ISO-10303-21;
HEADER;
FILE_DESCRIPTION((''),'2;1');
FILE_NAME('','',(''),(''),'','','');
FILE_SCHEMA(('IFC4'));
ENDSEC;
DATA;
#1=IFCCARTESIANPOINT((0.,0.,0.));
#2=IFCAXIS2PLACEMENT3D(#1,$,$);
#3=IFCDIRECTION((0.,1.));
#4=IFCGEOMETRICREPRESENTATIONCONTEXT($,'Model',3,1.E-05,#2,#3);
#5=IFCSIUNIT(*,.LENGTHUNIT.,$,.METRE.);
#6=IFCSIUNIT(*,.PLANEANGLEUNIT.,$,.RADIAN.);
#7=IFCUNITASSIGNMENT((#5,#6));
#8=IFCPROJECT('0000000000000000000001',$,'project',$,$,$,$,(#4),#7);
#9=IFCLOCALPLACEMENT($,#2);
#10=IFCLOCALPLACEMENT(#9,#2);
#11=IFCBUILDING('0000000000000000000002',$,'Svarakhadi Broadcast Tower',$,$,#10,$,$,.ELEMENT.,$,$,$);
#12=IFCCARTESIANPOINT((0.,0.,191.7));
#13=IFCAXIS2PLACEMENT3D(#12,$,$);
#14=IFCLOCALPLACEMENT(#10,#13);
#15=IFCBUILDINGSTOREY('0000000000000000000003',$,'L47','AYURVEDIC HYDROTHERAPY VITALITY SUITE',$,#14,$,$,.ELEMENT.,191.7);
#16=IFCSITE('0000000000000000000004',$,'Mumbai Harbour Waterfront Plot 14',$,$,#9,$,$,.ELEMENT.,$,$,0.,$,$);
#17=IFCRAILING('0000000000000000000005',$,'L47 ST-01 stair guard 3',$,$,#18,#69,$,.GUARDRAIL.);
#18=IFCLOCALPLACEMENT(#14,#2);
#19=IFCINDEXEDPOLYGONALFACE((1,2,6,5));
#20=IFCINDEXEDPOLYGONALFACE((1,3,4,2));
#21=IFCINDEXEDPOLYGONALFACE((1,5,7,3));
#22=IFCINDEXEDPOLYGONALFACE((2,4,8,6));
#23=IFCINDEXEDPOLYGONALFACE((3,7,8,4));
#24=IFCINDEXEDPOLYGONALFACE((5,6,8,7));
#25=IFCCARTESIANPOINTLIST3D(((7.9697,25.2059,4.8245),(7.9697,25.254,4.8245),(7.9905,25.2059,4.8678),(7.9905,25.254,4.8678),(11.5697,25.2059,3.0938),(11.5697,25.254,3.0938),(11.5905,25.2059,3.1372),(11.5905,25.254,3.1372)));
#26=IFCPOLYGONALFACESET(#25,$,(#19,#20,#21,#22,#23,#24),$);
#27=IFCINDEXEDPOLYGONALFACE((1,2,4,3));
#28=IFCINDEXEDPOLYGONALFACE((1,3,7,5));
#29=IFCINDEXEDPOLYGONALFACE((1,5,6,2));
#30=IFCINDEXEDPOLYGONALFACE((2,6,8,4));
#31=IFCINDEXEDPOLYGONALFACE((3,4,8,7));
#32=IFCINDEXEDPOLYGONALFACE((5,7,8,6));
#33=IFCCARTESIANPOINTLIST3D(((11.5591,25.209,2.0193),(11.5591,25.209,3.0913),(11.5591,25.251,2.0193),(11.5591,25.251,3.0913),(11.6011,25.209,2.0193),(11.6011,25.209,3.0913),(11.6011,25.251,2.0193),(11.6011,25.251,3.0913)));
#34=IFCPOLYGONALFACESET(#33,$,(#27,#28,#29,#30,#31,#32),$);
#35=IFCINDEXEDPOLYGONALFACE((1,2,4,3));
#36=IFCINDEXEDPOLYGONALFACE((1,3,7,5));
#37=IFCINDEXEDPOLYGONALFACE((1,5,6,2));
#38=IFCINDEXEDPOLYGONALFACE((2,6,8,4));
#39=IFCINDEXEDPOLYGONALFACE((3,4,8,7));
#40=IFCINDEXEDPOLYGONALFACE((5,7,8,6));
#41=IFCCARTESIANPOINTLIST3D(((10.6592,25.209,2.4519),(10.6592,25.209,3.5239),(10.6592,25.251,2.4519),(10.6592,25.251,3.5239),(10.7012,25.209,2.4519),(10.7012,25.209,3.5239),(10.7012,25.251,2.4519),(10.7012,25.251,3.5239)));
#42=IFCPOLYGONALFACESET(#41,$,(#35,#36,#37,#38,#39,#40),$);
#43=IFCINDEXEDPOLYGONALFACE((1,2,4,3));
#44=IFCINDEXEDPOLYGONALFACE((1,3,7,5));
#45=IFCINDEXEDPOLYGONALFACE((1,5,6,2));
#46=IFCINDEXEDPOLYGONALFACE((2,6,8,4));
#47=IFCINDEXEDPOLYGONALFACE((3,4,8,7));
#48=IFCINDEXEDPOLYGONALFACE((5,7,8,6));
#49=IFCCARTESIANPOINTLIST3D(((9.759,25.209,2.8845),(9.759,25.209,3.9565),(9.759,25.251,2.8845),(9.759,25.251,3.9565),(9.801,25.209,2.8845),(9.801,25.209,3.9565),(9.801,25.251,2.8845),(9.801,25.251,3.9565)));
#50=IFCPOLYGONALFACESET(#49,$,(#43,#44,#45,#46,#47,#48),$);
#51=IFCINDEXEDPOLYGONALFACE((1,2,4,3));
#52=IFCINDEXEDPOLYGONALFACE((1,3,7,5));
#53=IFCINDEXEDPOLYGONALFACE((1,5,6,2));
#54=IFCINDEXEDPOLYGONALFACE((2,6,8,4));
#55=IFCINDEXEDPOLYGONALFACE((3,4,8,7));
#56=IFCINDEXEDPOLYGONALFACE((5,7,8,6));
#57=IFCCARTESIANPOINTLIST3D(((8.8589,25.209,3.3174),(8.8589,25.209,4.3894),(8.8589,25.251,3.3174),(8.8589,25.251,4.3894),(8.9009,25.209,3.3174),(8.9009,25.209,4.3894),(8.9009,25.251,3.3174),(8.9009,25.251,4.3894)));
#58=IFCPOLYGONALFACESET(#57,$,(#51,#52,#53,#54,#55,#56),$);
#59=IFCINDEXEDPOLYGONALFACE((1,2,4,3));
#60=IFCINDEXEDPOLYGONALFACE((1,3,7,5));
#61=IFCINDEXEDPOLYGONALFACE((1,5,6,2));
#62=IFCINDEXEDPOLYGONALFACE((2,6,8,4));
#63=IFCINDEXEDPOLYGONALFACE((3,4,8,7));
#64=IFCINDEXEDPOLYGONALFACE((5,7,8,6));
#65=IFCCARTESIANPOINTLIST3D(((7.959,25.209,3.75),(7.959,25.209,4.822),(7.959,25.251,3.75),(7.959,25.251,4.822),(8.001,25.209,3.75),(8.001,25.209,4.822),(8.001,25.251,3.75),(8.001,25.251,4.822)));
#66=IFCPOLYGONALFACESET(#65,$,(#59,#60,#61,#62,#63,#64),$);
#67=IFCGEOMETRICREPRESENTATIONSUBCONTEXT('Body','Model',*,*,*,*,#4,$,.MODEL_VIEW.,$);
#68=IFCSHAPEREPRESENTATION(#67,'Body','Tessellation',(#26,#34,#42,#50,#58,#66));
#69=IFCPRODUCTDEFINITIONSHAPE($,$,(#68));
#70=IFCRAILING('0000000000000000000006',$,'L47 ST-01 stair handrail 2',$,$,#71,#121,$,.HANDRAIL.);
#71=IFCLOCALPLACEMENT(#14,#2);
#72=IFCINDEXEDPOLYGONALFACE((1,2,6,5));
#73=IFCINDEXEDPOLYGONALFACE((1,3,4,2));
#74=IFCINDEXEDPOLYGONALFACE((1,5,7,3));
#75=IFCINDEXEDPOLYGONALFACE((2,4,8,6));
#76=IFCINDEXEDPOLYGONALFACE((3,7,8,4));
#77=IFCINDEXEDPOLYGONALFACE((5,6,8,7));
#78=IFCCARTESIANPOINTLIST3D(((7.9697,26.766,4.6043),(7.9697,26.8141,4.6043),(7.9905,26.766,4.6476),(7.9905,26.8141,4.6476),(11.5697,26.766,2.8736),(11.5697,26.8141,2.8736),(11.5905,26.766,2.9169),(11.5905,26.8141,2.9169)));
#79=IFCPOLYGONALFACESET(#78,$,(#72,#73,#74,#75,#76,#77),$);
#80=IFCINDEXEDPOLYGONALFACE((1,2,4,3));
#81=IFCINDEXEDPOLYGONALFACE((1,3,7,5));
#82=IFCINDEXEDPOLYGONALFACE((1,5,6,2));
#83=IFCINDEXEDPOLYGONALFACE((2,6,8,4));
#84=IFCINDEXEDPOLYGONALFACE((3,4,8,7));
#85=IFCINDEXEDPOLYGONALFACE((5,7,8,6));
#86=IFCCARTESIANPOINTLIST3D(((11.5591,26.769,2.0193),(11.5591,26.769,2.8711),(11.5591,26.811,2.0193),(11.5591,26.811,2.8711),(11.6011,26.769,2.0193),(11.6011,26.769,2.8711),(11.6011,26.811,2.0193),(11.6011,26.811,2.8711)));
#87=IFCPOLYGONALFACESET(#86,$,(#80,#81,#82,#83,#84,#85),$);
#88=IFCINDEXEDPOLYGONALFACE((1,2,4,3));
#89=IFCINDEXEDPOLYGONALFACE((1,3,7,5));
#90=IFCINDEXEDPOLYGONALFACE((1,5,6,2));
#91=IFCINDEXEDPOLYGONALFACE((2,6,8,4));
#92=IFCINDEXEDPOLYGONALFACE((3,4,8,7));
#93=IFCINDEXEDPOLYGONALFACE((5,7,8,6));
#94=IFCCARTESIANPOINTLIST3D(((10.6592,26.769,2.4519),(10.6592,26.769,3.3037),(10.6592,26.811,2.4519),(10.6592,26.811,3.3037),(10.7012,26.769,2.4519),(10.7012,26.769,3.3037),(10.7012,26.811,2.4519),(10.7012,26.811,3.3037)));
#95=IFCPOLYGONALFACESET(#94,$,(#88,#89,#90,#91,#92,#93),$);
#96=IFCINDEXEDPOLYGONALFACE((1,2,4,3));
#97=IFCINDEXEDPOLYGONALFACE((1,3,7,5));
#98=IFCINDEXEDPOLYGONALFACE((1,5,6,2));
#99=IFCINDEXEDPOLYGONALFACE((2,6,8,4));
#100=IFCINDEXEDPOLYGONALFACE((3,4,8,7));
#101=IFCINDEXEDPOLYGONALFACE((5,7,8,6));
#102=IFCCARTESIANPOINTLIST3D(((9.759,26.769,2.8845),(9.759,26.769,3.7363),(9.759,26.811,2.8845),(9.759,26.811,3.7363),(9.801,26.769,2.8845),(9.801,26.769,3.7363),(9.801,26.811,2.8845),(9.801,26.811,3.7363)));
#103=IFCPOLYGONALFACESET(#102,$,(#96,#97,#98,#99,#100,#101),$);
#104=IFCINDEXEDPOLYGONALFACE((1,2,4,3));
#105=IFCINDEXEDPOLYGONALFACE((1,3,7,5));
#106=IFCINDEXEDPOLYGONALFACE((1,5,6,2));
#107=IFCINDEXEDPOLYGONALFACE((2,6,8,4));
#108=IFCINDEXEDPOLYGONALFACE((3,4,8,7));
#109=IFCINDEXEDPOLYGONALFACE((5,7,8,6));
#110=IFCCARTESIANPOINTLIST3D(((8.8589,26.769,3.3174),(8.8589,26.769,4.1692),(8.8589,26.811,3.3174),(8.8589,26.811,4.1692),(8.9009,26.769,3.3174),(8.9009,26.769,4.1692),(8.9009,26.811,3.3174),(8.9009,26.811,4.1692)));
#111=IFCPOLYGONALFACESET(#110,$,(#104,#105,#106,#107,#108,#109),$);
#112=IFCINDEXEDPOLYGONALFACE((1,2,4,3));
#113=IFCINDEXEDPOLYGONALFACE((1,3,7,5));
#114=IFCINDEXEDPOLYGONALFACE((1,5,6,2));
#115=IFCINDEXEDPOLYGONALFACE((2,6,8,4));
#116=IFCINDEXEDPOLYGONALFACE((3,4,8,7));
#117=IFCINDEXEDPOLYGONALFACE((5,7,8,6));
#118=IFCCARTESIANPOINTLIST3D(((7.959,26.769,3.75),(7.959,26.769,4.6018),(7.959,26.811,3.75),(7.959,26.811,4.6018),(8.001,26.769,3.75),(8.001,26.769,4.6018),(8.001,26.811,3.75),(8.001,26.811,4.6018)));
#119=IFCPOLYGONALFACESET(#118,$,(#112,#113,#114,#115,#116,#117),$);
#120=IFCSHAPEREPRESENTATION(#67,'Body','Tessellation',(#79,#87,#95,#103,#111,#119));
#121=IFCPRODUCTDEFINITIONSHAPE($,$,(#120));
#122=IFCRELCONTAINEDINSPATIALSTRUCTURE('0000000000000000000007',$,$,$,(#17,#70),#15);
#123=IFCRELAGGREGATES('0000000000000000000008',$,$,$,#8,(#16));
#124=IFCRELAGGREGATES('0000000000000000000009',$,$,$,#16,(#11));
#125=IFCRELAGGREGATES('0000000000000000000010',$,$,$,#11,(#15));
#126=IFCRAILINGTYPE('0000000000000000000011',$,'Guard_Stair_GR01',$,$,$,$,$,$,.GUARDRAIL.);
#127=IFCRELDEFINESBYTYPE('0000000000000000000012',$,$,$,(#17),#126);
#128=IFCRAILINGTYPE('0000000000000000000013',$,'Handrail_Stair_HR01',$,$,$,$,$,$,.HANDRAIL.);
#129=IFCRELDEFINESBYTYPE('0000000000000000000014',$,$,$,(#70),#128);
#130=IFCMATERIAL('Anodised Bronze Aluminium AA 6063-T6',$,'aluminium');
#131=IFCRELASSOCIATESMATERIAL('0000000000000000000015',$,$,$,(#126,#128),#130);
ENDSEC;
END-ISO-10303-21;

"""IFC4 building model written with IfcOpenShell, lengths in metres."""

from ifc_helpers import new_model, si_unit, direction, frame, origin, origin_2d, place, context, subcontext, project, spatial, rectangle, extrude, material, type_object, element, save


model = new_model("IFC4")

# Units and contexts
model_context = context("Model", 3, precision=1e-05, world=origin(), true_north=direction((0.0, 1.0)))
body_context = subcontext(model_context, "Body", "Model", "MODEL_VIEW")
ifc_project = project(units=[si_unit("LENGTHUNIT", "METRE"), si_unit("PLANEANGLEUNIT", "RADIAN")], contexts=[model_context])

# Site, building, storey
site_placement = place(None, origin())
site = spatial("IfcSite", under=ifc_project, at=site_placement, Name="Mumbai Harbour Waterfront Plot 14", CompositionType="ELEMENT", RefElevation=0.0)
building_placement = place(site_placement, origin())
building = spatial("IfcBuilding", under=site, at=building_placement, Name="Svarakhadi Broadcast Tower", CompositionType="ELEMENT")
storey_placement = place(building_placement, frame((0.0, 0.0, 191.7)))
storey = spatial("IfcBuildingStorey", under=building, at=storey_placement, Name="L47", Description="AYURVEDIC HYDROTHERAPY VITALITY SUITE", CompositionType="ELEMENT", Elevation=191.7)

# Railings
ifc_material_1 = material(Name="Anodised Bronze Aluminium AA 6063-T6", Category="aluminium")
railing_type_1 = type_object("IfcRailingType", Name="Guard_Stair_GR01", PredefinedType="GUARDRAIL", material=ifc_material_1)
railing_1_placement = place(storey_placement, frame((11.5801, 25.23, 2.0193)))
element("IfcRailing", 1, at=railing_1_placement, inside=storey, type_object=railing_type_1, Name="L47 ST-01 stair guard 3", PredefinedType="GUARDRAIL", context=body_context, shape_type="SweptSolid", body=[
    extrude(rectangle(XDim=0.0481, YDim=0.0481, at=origin_2d()), frame((0.0, 0.0, 1.0962), z_axis=(-0.901263, 0.0, 0.433273), x_axis=(0.0, -1.0, 0.0)), (0.0, 0.0, 1.0), 3.9944),
    extrude(rectangle(XDim=0.042, YDim=0.042, at=origin_2d()), origin(), (0.0, 0.0, 1.0), 1.072),
    extrude(rectangle(XDim=0.042, YDim=0.042, at=origin_2d()), frame((-0.8999, 0.0, 0.4326)), (0.0, 0.0, 1.0), 1.072),
    extrude(rectangle(XDim=0.042, YDim=0.042, at=origin_2d()), frame((-1.8, 0.0, 0.8652)), (0.0, 0.0, 1.0), 1.072),
    extrude(rectangle(XDim=0.042, YDim=0.042, at=origin_2d()), frame((-2.7002, 0.0, 1.2981)), (0.0, 0.0, 1.0), 1.072),
    extrude(rectangle(XDim=0.042, YDim=0.042, at=origin_2d()), frame((-3.6001, 0.0, 1.7307)), (0.0, 0.0, 1.0), 1.072),
])
railing_type_2 = type_object("IfcRailingType", Name="Handrail_Stair_HR01", PredefinedType="HANDRAIL", material=ifc_material_1)
railing_2_placement = place(storey_placement, frame((11.5801, 26.79, 2.0193)))
element("IfcRailing", 2, at=railing_2_placement, inside=storey, type_object=railing_type_2, Name="L47 ST-01 stair handrail 2", PredefinedType="HANDRAIL", context=body_context, shape_type="SweptSolid", body=[
    extrude(rectangle(XDim=0.0481, YDim=0.0481, at=origin_2d()), frame((0.0, 0.0, 0.876), z_axis=(-0.901263, 0.0, 0.433273), x_axis=(0.0, -1.0, 0.0)), (0.0, 0.0, 1.0), 3.9944),
    extrude(rectangle(XDim=0.042, YDim=0.042, at=origin_2d()), origin(), (0.0, 0.0, 1.0), 0.8518),
    extrude(rectangle(XDim=0.042, YDim=0.042, at=origin_2d()), frame((-0.8999, 0.0, 0.4326)), (0.0, 0.0, 1.0), 0.8518),
    extrude(rectangle(XDim=0.042, YDim=0.042, at=origin_2d()), frame((-1.8, 0.0, 0.8652)), (0.0, 0.0, 1.0), 0.8518),
    extrude(rectangle(XDim=0.042, YDim=0.042, at=origin_2d()), frame((-2.7002, 0.0, 1.2981)), (0.0, 0.0, 1.0), 0.8518),
    extrude(rectangle(XDim=0.042, YDim=0.042, at=origin_2d()), frame((-3.6001, 0.0, 1.7307)), (0.0, 0.0, 1.0), 0.8518),
])

save(model, "model.ifc")
